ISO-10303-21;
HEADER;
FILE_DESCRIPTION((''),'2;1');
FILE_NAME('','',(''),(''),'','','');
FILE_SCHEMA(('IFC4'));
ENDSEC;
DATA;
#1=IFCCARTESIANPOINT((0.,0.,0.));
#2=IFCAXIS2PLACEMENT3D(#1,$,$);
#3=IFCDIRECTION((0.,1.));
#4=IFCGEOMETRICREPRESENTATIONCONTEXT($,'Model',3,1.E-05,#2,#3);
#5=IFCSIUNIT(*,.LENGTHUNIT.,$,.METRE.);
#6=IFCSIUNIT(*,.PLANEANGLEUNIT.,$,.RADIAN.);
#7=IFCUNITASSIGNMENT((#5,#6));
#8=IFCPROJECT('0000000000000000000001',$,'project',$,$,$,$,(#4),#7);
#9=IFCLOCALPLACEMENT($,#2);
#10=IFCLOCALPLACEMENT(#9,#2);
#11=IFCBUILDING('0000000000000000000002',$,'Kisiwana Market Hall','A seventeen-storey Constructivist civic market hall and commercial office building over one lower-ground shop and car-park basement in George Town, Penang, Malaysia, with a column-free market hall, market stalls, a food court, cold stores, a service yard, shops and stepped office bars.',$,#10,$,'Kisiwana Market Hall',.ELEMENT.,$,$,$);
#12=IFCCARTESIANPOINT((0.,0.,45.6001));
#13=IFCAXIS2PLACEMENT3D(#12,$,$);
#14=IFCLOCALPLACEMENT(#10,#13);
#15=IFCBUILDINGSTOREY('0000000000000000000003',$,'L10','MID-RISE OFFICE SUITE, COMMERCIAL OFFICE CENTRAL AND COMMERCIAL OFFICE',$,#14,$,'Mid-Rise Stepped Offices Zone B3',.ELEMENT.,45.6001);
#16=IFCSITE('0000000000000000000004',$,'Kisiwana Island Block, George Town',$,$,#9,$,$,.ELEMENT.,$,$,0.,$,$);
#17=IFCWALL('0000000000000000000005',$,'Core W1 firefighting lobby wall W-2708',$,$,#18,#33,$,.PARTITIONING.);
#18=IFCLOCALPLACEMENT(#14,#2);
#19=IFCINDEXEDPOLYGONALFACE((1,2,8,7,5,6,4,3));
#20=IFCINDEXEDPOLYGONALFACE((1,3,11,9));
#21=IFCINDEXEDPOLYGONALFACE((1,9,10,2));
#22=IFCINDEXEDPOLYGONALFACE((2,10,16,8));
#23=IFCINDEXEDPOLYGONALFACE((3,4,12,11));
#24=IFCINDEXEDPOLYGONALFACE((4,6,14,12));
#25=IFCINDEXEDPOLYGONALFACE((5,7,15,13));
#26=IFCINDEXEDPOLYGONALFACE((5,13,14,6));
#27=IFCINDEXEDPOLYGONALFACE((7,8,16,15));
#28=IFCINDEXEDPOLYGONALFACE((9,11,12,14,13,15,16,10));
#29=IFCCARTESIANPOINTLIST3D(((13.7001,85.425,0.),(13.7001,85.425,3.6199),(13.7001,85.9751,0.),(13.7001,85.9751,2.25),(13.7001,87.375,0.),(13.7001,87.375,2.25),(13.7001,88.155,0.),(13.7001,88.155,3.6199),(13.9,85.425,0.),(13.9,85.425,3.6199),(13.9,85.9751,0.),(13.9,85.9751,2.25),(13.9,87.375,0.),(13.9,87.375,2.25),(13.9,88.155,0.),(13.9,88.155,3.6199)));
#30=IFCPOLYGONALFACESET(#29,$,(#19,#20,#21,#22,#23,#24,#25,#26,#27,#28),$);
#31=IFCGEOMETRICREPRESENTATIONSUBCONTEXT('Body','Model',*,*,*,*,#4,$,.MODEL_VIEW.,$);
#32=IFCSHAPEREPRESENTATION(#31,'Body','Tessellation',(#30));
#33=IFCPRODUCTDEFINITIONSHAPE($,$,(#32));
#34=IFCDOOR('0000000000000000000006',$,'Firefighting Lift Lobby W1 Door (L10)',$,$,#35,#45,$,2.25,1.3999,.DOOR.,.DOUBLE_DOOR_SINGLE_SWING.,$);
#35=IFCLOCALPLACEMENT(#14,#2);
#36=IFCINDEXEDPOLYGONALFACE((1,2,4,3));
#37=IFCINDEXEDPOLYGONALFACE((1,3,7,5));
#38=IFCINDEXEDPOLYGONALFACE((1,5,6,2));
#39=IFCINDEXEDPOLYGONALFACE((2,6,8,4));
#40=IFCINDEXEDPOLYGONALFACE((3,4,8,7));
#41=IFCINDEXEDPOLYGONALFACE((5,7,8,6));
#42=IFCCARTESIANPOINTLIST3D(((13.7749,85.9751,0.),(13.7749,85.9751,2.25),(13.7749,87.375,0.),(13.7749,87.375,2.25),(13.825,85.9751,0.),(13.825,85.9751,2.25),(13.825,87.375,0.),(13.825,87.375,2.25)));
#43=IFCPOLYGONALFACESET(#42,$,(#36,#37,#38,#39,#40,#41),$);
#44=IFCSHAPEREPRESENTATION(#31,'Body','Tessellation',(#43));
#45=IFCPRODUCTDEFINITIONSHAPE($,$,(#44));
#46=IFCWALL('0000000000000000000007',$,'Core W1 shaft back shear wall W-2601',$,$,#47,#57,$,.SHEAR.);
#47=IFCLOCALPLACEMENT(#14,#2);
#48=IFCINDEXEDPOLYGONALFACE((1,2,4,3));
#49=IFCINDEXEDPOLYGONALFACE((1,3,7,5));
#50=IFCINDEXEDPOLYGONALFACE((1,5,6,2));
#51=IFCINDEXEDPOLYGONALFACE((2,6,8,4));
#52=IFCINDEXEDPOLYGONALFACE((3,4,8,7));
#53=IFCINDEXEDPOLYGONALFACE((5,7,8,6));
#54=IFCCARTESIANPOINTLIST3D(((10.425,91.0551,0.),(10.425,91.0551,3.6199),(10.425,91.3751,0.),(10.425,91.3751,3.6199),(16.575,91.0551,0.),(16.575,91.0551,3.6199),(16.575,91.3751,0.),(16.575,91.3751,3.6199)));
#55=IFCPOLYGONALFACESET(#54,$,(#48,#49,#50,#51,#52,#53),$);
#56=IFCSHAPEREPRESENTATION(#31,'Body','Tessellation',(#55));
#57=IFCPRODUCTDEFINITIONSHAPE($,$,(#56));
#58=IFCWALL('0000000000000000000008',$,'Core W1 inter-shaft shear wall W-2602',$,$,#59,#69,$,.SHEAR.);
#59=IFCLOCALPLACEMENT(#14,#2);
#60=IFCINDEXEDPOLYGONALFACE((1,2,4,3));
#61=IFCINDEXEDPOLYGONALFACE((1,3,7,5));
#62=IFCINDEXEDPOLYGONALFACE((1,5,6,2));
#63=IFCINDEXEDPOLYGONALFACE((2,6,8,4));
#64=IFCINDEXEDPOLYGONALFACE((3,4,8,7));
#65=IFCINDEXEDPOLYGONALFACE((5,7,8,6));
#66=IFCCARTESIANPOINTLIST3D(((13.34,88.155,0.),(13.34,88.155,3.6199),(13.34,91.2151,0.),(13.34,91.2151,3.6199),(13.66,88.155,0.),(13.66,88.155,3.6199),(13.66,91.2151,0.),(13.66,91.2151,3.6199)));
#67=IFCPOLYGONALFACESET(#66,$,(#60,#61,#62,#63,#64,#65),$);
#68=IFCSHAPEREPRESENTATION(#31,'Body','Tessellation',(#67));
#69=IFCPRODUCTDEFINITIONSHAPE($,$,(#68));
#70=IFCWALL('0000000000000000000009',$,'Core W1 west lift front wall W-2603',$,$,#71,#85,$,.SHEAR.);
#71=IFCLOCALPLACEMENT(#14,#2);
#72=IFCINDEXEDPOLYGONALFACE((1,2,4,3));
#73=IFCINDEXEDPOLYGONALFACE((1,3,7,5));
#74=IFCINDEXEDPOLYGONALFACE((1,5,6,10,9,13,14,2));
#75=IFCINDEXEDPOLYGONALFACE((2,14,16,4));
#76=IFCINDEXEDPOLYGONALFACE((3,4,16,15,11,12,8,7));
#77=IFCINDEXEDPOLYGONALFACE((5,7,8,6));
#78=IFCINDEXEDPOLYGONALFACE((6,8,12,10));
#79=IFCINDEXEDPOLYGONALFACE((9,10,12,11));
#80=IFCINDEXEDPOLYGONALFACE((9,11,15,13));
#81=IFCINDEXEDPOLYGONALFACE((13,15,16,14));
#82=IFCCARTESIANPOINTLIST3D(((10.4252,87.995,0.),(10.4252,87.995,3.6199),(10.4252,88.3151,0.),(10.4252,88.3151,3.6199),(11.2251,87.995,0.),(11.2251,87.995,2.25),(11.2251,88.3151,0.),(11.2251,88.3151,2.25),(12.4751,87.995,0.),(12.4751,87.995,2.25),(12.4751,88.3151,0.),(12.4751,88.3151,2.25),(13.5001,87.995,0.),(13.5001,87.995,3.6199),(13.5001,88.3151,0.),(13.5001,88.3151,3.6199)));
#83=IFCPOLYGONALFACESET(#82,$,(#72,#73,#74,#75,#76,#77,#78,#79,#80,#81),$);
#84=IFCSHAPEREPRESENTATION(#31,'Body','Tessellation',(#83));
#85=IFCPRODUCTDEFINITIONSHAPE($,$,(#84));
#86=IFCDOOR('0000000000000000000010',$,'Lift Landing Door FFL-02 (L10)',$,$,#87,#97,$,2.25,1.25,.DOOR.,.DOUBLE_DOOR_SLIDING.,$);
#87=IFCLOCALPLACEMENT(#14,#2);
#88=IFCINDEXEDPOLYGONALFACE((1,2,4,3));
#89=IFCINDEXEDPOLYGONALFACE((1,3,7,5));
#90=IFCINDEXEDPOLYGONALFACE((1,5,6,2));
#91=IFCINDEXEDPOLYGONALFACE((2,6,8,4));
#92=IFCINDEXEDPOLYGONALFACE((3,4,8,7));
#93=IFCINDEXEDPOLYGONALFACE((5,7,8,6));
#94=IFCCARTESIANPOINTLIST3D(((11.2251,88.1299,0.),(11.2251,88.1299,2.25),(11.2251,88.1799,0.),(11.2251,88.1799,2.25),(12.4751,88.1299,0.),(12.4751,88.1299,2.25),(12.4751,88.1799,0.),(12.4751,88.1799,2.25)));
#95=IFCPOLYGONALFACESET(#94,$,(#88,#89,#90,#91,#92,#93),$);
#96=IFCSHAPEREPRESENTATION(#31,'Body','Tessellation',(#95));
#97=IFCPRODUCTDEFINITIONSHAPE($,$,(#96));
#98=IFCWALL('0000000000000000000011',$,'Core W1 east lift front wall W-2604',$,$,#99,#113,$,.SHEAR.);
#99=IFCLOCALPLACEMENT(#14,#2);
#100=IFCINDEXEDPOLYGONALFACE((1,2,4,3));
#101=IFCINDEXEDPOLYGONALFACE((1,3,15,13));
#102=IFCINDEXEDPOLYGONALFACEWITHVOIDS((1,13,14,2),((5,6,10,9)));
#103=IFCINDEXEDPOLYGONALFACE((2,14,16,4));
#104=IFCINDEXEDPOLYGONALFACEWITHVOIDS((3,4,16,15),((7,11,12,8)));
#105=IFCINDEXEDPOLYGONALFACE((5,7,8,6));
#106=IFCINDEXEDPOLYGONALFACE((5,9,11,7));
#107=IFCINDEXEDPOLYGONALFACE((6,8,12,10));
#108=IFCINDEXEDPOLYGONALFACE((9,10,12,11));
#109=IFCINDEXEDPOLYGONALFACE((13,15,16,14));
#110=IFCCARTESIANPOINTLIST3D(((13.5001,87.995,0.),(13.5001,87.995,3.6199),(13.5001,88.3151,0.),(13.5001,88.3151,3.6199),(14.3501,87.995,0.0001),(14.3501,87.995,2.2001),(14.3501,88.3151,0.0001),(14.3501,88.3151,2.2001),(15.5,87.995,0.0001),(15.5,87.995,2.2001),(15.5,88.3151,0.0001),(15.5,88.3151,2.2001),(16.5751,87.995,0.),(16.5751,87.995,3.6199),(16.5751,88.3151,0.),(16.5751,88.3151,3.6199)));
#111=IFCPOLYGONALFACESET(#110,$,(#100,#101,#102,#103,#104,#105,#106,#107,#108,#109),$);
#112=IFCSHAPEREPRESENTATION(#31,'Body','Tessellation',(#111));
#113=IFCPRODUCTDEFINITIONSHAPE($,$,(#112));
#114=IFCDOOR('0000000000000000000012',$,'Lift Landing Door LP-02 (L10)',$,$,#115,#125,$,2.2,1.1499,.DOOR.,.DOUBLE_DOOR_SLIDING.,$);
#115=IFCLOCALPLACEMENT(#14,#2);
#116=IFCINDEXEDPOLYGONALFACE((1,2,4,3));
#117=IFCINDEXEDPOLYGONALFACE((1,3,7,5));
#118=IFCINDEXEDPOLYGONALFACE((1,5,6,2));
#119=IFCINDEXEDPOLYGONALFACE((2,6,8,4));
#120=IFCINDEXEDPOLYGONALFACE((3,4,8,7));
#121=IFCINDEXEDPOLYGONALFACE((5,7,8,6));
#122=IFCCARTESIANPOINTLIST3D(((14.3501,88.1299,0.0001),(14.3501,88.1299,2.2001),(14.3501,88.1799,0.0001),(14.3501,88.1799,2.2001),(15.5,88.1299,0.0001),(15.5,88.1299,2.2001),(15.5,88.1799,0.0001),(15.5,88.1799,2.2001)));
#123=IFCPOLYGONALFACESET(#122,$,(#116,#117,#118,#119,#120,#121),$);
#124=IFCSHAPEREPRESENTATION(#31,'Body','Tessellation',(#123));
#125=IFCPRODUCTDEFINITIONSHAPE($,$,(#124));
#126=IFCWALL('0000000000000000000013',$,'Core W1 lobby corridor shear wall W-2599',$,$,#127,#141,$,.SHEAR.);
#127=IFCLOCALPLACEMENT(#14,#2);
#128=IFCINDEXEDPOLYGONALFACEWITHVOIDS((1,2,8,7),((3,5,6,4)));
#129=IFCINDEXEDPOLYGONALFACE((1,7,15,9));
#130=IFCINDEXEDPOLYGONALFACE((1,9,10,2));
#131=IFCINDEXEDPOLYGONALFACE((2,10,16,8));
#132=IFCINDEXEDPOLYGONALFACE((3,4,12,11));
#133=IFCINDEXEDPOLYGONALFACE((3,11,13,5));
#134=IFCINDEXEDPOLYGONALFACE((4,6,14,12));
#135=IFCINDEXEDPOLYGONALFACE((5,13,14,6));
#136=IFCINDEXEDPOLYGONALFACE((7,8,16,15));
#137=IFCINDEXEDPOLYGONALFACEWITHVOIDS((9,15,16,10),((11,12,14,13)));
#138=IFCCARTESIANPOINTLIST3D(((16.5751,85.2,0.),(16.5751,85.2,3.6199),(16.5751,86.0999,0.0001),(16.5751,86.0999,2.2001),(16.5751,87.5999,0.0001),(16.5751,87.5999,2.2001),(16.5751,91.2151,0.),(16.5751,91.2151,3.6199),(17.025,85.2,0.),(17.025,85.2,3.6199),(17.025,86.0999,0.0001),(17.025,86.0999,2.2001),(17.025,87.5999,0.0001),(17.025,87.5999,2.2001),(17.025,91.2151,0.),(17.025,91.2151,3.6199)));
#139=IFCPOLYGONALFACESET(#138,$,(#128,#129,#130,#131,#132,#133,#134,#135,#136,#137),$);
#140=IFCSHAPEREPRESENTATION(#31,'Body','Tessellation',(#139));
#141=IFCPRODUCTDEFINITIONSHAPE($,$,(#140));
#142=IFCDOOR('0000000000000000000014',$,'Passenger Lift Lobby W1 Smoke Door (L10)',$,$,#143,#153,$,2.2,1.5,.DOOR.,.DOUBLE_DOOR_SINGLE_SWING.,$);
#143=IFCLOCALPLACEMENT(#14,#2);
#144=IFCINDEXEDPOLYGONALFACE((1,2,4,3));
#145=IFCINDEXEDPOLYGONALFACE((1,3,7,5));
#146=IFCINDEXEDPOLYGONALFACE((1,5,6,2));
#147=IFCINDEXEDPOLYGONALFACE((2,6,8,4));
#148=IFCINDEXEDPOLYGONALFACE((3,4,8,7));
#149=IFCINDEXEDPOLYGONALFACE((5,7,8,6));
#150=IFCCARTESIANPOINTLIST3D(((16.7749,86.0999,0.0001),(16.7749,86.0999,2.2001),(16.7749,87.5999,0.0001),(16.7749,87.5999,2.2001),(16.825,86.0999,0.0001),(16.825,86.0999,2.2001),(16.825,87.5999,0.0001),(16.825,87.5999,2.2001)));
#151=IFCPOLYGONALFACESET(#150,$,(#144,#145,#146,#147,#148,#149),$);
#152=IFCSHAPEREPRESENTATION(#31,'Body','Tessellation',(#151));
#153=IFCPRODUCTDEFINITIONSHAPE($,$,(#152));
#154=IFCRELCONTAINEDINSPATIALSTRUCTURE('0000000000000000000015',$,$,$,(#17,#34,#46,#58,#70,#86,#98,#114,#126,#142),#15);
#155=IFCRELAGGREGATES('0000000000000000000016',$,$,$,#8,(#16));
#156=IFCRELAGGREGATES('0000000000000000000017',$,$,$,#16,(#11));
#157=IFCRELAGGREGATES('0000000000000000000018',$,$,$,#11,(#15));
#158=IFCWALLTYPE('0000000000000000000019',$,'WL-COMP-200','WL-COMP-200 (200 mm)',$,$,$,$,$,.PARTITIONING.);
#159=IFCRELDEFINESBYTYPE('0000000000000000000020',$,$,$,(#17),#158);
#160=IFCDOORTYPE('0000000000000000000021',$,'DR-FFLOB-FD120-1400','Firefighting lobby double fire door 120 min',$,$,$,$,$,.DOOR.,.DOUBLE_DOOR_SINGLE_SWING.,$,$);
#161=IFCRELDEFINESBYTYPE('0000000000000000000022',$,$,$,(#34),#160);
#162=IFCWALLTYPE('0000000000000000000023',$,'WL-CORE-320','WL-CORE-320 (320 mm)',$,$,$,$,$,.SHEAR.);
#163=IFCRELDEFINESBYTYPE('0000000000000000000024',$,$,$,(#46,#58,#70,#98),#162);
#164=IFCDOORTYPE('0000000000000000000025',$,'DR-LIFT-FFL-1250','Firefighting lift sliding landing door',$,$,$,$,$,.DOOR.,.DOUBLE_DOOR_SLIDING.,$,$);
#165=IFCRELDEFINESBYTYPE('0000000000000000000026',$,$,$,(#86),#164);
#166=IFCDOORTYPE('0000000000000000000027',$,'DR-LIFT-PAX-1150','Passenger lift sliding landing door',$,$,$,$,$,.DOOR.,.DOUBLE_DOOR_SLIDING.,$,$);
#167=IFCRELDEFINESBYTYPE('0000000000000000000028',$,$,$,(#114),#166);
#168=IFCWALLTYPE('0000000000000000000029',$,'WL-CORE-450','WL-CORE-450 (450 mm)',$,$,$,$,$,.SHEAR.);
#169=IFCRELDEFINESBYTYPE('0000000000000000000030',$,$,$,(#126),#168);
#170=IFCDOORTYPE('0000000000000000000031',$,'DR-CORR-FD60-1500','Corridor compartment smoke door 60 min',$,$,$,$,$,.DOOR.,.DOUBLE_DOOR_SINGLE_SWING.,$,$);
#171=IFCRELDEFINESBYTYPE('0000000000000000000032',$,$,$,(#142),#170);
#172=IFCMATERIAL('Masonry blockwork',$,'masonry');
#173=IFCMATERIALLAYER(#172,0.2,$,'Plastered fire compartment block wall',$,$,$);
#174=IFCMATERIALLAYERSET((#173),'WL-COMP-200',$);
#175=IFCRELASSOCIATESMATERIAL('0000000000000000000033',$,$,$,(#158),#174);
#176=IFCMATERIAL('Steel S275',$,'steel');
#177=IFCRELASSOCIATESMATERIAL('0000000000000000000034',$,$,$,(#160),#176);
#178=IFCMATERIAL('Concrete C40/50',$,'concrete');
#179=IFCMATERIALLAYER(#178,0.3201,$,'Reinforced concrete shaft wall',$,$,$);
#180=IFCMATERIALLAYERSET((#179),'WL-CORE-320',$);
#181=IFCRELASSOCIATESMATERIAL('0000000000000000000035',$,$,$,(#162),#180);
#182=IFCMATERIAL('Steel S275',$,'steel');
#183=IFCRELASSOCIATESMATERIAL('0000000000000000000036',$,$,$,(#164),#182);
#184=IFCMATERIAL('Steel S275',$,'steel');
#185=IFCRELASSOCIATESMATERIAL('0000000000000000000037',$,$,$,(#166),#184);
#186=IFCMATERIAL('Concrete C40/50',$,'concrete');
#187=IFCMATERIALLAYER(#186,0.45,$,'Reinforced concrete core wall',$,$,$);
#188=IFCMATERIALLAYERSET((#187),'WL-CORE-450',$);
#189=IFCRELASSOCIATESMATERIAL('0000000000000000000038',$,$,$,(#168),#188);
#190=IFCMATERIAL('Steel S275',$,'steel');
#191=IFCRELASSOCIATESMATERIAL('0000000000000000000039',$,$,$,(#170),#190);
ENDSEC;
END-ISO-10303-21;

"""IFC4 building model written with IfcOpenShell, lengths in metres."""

from ifc_helpers import new_model, si_unit, direction, frame, frame_2d, origin, place, context, subcontext, project, spatial, rectangle, extrude, material, layer, layer_set, type_object, element, fill, save


model = new_model("IFC4")

# Units and contexts
model_context = context("Model", 3, precision=1e-05, world=origin(), true_north=direction((0.0, 1.0)))
body_context = subcontext(model_context, "Body", "Model", "MODEL_VIEW")
ifc_project = project(units=[si_unit("LENGTHUNIT", "METRE"), si_unit("PLANEANGLEUNIT", "RADIAN")], contexts=[model_context])

# Site, building, storey
site_placement = place(None, origin())
site = spatial("IfcSite", under=ifc_project, at=site_placement, Name="Kisiwana Island Block, George Town", CompositionType="ELEMENT", RefElevation=0.0)
building_placement = place(site_placement, origin())
building = spatial("IfcBuilding", under=site, at=building_placement, Name="Kisiwana Market Hall", Description="A seventeen-storey Constructivist civic market hall and commercial office building over one lower-ground shop and car-park basement in George Town, Penang, Malaysia, with a column-free market hall, market stalls, a food court, cold stores, a service yard, shops and stepped office bars.", LongName="Kisiwana Market Hall", CompositionType="ELEMENT")
storey_placement = place(building_placement, frame((0.0, 0.0, 45.6001)))
storey = spatial("IfcBuildingStorey", under=building, at=storey_placement, Name="L10", Description="MID-RISE OFFICE SUITE, COMMERCIAL OFFICE CENTRAL AND COMMERCIAL OFFICE", LongName="Mid-Rise Stepped Offices Zone B3", CompositionType="ELEMENT", Elevation=45.6001)

# Wall, opening, door
ifc_material_1 = material(Name="Masonry blockwork", Category="masonry")
ifc_layer_1 = layer(ifc_material_1, 0.2, Name="Plastered fire compartment block wall")
ifc_layer_set_1 = layer_set([ifc_layer_1], Name="WL-COMP-200")
wall_type_1 = type_object("IfcWallType", Name="WL-COMP-200", Description="WL-COMP-200 (200 mm)", PredefinedType="PARTITIONING", material=ifc_layer_set_1)
wall_1_placement = place(storey_placement, frame((13.8, 85.425, 0.0), z_axis=(0.0, 0.0, 1.0), x_axis=(0.0, 1.0, 0.0)))
wall_1 = element("IfcWall", 1, at=wall_1_placement, inside=storey, type_object=wall_type_1, Name="Core W1 firefighting lobby wall W-2708", PredefinedType="PARTITIONING", context=body_context, shape_type="SweptSolid", body=[
    extrude(rectangle(XDim=2.73, YDim=0.2, at=frame_2d((1.365, 0.0))), origin(), (0.0, 0.0, 1.0), 3.6199),
])
opening_1_placement = place(wall_1_placement, frame((0.55, 0.0, 0.0)))
opening_1 = element("IfcOpeningElement", 2, at=opening_1_placement, cuts=wall_1, PredefinedType="OPENING", context=body_context, shape_type="SweptSolid", body=[
    extrude(rectangle(XDim=1.3999, YDim=2.25, at=frame_2d((0.7, 1.125))), frame((0.0, 0.1118, 0.0), z_axis=(0.0, -1.0, 0.0), x_axis=(1.0, 0.0, 0.0)), (0.0, 0.0, 1.0), 0.2239),
])
ifc_material_2 = material(Name="Steel S275", Category="steel")
door_type_1 = type_object("IfcDoorType", Name="DR-FFLOB-FD120-1400", Description="Firefighting lobby double fire door 120 min", OperationType="DOUBLE_DOOR_SINGLE_SWING", PredefinedType="DOOR", material=ifc_material_2)
door_1_placement = place(opening_1_placement, frame((1.3999, 0.0, 0.0), z_axis=(0.0, 0.0, 1.0), x_axis=(-1.0, 0.0, 0.0)))
door_1 = element("IfcDoor", 3, at=door_1_placement, inside=storey, type_object=door_type_1, Name="Firefighting Lift Lobby W1 Door (L10)", OperationType="DOUBLE_DOOR_SINGLE_SWING", OverallHeight=2.25, OverallWidth=1.3999, PredefinedType="DOOR", context=body_context, shape_type="SweptSolid", body=[
    extrude(rectangle(XDim=1.3999, YDim=2.25, at=frame_2d((0.7, 1.125))), frame((0.0, 0.0249, 0.0), z_axis=(0.0, -1.0, 0.0), x_axis=(1.0, 0.0, 0.0)), (0.0, 0.0, 1.0), 0.05),
])
fill(opening_1, door_1)

# Walls
ifc_material_3 = material(Name="Concrete C40/50", Category="concrete")
ifc_layer_2 = layer(ifc_material_3, 0.3201, Name="Reinforced concrete shaft wall")
ifc_layer_set_2 = layer_set([ifc_layer_2], Name="WL-CORE-320")
wall_type_2 = type_object("IfcWallType", Name="WL-CORE-320", Description="WL-CORE-320 (320 mm)", PredefinedType="SHEAR", material=ifc_layer_set_2)
wall_2_placement = place(storey_placement, frame((10.425, 91.2151, 0.0), z_axis=(0.0, 0.0, 1.0), x_axis=(1.0, 0.0, 0.0)))
element("IfcWall", 4, at=wall_2_placement, inside=storey, type_object=wall_type_2, Name="Core W1 shaft back shear wall W-2601", PredefinedType="SHEAR", context=body_context, shape_type="SweptSolid", body=[
    extrude(rectangle(XDim=6.1499, YDim=0.3201, at=frame_2d((3.075, 0.0))), origin(), (0.0, 0.0, 1.0), 3.6199),
])
wall_3_placement = place(storey_placement, frame((13.5, 88.155, 0.0), z_axis=(0.0, 0.0, 1.0), x_axis=(0.0, 1.0, 0.0)))
element("IfcWall", 5, at=wall_3_placement, inside=storey, type_object=wall_type_2, Name="Core W1 inter-shaft shear wall W-2602", PredefinedType="SHEAR", context=body_context, shape_type="SweptSolid", body=[
    extrude(rectangle(XDim=3.0601, YDim=0.3201, at=frame_2d((1.53, 0.0))), origin(), (0.0, 0.0, 1.0), 3.6199),
])

# Walls, openings, doors
wall_4_placement = place(storey_placement, frame((10.425, 88.155, 0.0), z_axis=(0.0, 0.0, 1.0), x_axis=(1.0, 0.0, 0.0)))
wall_4 = element("IfcWall", 6, at=wall_4_placement, inside=storey, type_object=wall_type_2, Name="Core W1 west lift front wall W-2603", PredefinedType="SHEAR", context=body_context, shape_type="SweptSolid", body=[
    extrude(rectangle(XDim=3.075, YDim=0.3201, at=frame_2d((1.5376, 0.0))), origin(), (0.0, 0.0, 1.0), 3.6199),
])
opening_2_placement = place(wall_4_placement, frame((0.8, 0.0, 0.0)))
opening_2 = element("IfcOpeningElement", 7, at=opening_2_placement, cuts=wall_4, PredefinedType="OPENING", context=body_context, shape_type="SweptSolid", body=[
    extrude(rectangle(XDim=1.25, YDim=2.25, at=frame_2d((0.625, 1.125))), frame((0.0, 0.1719, 0.0), z_axis=(0.0, -1.0, 0.0), x_axis=(1.0, 0.0, 0.0)), (0.0, 0.0, 1.0), 0.344),
])
ifc_material_4 = material(Name="Steel S275", Category="steel")
door_type_2 = type_object("IfcDoorType", Name="DR-LIFT-FFL-1250", Description="Firefighting lift sliding landing door", OperationType="DOUBLE_DOOR_SLIDING", PredefinedType="DOOR", material=ifc_material_4)
door_2_placement = place(opening_2_placement, origin())
door_2 = element("IfcDoor", 8, at=door_2_placement, inside=storey, type_object=door_type_2, Name="Lift Landing Door FFL-02 (L10)", OperationType="DOUBLE_DOOR_SLIDING", OverallHeight=2.25, OverallWidth=1.25, PredefinedType="DOOR", context=body_context, shape_type="SweptSolid", body=[
    extrude(rectangle(XDim=1.25, YDim=2.25, at=frame_2d((0.625, 1.125))), frame((0.0, 0.0249, 0.0), z_axis=(0.0, -1.0, 0.0), x_axis=(1.0, 0.0, 0.0)), (0.0, 0.0, 1.0), 0.05),
])
fill(opening_2, door_2)
wall_5_placement = place(storey_placement, frame((13.5, 88.155, 0.0), z_axis=(0.0, 0.0, 1.0), x_axis=(1.0, 0.0, 0.0)))
wall_5 = element("IfcWall", 9, at=wall_5_placement, inside=storey, type_object=wall_type_2, Name="Core W1 east lift front wall W-2604", PredefinedType="SHEAR", context=body_context, shape_type="SweptSolid", body=[
    extrude(rectangle(XDim=3.075, YDim=0.3201, at=frame_2d((1.5376, 0.0))), origin(), (0.0, 0.0, 1.0), 3.6199),
])
opening_3_placement = place(wall_5_placement, frame((0.8501, 0.0, 0.0)))
opening_3 = element("IfcOpeningElement", 10, at=opening_3_placement, cuts=wall_5, PredefinedType="OPENING", context=body_context, shape_type="SweptSolid", body=[
    extrude(rectangle(XDim=1.1499, YDim=2.2, at=frame_2d((0.575, 1.1001))), frame((0.0, 0.1719, 0.0), z_axis=(0.0, -1.0, 0.0), x_axis=(1.0, 0.0, 0.0)), (0.0, 0.0, 1.0), 0.344),
])
ifc_material_5 = material(Name="Steel S275", Category="steel")
door_type_3 = type_object("IfcDoorType", Name="DR-LIFT-PAX-1150", Description="Passenger lift sliding landing door", OperationType="DOUBLE_DOOR_SLIDING", PredefinedType="DOOR", material=ifc_material_5)
door_3_placement = place(opening_3_placement, origin())
door_3 = element("IfcDoor", 11, at=door_3_placement, inside=storey, type_object=door_type_3, Name="Lift Landing Door LP-02 (L10)", OperationType="DOUBLE_DOOR_SLIDING", OverallHeight=2.2, OverallWidth=1.1499, PredefinedType="DOOR", context=body_context, shape_type="SweptSolid", body=[
    extrude(rectangle(XDim=1.1499, YDim=2.2, at=frame_2d((0.575, 1.1001))), frame((0.0, 0.0249, 0.0), z_axis=(0.0, -1.0, 0.0), x_axis=(1.0, 0.0, 0.0)), (0.0, 0.0, 1.0), 0.05),
])
fill(opening_3, door_3)
ifc_material_6 = material(Name="Concrete C40/50", Category="concrete")
ifc_layer_3 = layer(ifc_material_6, 0.45, Name="Reinforced concrete core wall")
ifc_layer_set_3 = layer_set([ifc_layer_3], Name="WL-CORE-450")
wall_type_3 = type_object("IfcWallType", Name="WL-CORE-450", Description="WL-CORE-450 (450 mm)", PredefinedType="SHEAR", material=ifc_layer_set_3)
wall_6_placement = place(storey_placement, frame((16.8, 85.2, 0.0), z_axis=(0.0, 0.0, 1.0), x_axis=(0.0, 1.0, 0.0)))
wall_6 = element("IfcWall", 12, at=wall_6_placement, inside=storey, type_object=wall_type_3, Name="Core W1 lobby corridor shear wall W-2599", PredefinedType="SHEAR", context=body_context, shape_type="SweptSolid", body=[
    extrude(rectangle(XDim=6.0151, YDim=0.45, at=frame_2d((3.0076, 0.0))), origin(), (0.0, 0.0, 1.0), 3.6199),
])
opening_4_placement = place(wall_6_placement, frame((0.8999, 0.0, 0.0)))
opening_4 = element("IfcOpeningElement", 13, at=opening_4_placement, cuts=wall_6, PredefinedType="OPENING", context=body_context, shape_type="SweptSolid", body=[
    extrude(rectangle(XDim=1.5, YDim=2.2, at=frame_2d((0.75, 1.1001))), frame((0.0, 0.2368, 0.0), z_axis=(0.0, -1.0, 0.0), x_axis=(1.0, 0.0, 0.0)), (0.0, 0.0, 1.0), 0.4739),
])
ifc_material_7 = material(Name="Steel S275", Category="steel")
door_type_4 = type_object("IfcDoorType", Name="DR-CORR-FD60-1500", Description="Corridor compartment smoke door 60 min", OperationType="DOUBLE_DOOR_SINGLE_SWING", PredefinedType="DOOR", material=ifc_material_7)
door_4_placement = place(opening_4_placement, frame((1.5, 0.0, 0.0), z_axis=(0.0, 0.0, 1.0), x_axis=(-1.0, 0.0, 0.0)))
door_4 = element("IfcDoor", 14, at=door_4_placement, inside=storey, type_object=door_type_4, Name="Passenger Lift Lobby W1 Smoke Door (L10)", OperationType="DOUBLE_DOOR_SINGLE_SWING", OverallHeight=2.2, OverallWidth=1.5, PredefinedType="DOOR", context=body_context, shape_type="SweptSolid", body=[
    extrude(rectangle(XDim=1.5, YDim=2.2, at=frame_2d((0.75, 1.1001))), frame((0.0, 0.0249, 0.0), z_axis=(0.0, -1.0, 0.0), x_axis=(1.0, 0.0, 0.0)), (0.0, 0.0, 1.0), 0.05),
])
fill(opening_4, door_4)

save(model, "model.ifc")
